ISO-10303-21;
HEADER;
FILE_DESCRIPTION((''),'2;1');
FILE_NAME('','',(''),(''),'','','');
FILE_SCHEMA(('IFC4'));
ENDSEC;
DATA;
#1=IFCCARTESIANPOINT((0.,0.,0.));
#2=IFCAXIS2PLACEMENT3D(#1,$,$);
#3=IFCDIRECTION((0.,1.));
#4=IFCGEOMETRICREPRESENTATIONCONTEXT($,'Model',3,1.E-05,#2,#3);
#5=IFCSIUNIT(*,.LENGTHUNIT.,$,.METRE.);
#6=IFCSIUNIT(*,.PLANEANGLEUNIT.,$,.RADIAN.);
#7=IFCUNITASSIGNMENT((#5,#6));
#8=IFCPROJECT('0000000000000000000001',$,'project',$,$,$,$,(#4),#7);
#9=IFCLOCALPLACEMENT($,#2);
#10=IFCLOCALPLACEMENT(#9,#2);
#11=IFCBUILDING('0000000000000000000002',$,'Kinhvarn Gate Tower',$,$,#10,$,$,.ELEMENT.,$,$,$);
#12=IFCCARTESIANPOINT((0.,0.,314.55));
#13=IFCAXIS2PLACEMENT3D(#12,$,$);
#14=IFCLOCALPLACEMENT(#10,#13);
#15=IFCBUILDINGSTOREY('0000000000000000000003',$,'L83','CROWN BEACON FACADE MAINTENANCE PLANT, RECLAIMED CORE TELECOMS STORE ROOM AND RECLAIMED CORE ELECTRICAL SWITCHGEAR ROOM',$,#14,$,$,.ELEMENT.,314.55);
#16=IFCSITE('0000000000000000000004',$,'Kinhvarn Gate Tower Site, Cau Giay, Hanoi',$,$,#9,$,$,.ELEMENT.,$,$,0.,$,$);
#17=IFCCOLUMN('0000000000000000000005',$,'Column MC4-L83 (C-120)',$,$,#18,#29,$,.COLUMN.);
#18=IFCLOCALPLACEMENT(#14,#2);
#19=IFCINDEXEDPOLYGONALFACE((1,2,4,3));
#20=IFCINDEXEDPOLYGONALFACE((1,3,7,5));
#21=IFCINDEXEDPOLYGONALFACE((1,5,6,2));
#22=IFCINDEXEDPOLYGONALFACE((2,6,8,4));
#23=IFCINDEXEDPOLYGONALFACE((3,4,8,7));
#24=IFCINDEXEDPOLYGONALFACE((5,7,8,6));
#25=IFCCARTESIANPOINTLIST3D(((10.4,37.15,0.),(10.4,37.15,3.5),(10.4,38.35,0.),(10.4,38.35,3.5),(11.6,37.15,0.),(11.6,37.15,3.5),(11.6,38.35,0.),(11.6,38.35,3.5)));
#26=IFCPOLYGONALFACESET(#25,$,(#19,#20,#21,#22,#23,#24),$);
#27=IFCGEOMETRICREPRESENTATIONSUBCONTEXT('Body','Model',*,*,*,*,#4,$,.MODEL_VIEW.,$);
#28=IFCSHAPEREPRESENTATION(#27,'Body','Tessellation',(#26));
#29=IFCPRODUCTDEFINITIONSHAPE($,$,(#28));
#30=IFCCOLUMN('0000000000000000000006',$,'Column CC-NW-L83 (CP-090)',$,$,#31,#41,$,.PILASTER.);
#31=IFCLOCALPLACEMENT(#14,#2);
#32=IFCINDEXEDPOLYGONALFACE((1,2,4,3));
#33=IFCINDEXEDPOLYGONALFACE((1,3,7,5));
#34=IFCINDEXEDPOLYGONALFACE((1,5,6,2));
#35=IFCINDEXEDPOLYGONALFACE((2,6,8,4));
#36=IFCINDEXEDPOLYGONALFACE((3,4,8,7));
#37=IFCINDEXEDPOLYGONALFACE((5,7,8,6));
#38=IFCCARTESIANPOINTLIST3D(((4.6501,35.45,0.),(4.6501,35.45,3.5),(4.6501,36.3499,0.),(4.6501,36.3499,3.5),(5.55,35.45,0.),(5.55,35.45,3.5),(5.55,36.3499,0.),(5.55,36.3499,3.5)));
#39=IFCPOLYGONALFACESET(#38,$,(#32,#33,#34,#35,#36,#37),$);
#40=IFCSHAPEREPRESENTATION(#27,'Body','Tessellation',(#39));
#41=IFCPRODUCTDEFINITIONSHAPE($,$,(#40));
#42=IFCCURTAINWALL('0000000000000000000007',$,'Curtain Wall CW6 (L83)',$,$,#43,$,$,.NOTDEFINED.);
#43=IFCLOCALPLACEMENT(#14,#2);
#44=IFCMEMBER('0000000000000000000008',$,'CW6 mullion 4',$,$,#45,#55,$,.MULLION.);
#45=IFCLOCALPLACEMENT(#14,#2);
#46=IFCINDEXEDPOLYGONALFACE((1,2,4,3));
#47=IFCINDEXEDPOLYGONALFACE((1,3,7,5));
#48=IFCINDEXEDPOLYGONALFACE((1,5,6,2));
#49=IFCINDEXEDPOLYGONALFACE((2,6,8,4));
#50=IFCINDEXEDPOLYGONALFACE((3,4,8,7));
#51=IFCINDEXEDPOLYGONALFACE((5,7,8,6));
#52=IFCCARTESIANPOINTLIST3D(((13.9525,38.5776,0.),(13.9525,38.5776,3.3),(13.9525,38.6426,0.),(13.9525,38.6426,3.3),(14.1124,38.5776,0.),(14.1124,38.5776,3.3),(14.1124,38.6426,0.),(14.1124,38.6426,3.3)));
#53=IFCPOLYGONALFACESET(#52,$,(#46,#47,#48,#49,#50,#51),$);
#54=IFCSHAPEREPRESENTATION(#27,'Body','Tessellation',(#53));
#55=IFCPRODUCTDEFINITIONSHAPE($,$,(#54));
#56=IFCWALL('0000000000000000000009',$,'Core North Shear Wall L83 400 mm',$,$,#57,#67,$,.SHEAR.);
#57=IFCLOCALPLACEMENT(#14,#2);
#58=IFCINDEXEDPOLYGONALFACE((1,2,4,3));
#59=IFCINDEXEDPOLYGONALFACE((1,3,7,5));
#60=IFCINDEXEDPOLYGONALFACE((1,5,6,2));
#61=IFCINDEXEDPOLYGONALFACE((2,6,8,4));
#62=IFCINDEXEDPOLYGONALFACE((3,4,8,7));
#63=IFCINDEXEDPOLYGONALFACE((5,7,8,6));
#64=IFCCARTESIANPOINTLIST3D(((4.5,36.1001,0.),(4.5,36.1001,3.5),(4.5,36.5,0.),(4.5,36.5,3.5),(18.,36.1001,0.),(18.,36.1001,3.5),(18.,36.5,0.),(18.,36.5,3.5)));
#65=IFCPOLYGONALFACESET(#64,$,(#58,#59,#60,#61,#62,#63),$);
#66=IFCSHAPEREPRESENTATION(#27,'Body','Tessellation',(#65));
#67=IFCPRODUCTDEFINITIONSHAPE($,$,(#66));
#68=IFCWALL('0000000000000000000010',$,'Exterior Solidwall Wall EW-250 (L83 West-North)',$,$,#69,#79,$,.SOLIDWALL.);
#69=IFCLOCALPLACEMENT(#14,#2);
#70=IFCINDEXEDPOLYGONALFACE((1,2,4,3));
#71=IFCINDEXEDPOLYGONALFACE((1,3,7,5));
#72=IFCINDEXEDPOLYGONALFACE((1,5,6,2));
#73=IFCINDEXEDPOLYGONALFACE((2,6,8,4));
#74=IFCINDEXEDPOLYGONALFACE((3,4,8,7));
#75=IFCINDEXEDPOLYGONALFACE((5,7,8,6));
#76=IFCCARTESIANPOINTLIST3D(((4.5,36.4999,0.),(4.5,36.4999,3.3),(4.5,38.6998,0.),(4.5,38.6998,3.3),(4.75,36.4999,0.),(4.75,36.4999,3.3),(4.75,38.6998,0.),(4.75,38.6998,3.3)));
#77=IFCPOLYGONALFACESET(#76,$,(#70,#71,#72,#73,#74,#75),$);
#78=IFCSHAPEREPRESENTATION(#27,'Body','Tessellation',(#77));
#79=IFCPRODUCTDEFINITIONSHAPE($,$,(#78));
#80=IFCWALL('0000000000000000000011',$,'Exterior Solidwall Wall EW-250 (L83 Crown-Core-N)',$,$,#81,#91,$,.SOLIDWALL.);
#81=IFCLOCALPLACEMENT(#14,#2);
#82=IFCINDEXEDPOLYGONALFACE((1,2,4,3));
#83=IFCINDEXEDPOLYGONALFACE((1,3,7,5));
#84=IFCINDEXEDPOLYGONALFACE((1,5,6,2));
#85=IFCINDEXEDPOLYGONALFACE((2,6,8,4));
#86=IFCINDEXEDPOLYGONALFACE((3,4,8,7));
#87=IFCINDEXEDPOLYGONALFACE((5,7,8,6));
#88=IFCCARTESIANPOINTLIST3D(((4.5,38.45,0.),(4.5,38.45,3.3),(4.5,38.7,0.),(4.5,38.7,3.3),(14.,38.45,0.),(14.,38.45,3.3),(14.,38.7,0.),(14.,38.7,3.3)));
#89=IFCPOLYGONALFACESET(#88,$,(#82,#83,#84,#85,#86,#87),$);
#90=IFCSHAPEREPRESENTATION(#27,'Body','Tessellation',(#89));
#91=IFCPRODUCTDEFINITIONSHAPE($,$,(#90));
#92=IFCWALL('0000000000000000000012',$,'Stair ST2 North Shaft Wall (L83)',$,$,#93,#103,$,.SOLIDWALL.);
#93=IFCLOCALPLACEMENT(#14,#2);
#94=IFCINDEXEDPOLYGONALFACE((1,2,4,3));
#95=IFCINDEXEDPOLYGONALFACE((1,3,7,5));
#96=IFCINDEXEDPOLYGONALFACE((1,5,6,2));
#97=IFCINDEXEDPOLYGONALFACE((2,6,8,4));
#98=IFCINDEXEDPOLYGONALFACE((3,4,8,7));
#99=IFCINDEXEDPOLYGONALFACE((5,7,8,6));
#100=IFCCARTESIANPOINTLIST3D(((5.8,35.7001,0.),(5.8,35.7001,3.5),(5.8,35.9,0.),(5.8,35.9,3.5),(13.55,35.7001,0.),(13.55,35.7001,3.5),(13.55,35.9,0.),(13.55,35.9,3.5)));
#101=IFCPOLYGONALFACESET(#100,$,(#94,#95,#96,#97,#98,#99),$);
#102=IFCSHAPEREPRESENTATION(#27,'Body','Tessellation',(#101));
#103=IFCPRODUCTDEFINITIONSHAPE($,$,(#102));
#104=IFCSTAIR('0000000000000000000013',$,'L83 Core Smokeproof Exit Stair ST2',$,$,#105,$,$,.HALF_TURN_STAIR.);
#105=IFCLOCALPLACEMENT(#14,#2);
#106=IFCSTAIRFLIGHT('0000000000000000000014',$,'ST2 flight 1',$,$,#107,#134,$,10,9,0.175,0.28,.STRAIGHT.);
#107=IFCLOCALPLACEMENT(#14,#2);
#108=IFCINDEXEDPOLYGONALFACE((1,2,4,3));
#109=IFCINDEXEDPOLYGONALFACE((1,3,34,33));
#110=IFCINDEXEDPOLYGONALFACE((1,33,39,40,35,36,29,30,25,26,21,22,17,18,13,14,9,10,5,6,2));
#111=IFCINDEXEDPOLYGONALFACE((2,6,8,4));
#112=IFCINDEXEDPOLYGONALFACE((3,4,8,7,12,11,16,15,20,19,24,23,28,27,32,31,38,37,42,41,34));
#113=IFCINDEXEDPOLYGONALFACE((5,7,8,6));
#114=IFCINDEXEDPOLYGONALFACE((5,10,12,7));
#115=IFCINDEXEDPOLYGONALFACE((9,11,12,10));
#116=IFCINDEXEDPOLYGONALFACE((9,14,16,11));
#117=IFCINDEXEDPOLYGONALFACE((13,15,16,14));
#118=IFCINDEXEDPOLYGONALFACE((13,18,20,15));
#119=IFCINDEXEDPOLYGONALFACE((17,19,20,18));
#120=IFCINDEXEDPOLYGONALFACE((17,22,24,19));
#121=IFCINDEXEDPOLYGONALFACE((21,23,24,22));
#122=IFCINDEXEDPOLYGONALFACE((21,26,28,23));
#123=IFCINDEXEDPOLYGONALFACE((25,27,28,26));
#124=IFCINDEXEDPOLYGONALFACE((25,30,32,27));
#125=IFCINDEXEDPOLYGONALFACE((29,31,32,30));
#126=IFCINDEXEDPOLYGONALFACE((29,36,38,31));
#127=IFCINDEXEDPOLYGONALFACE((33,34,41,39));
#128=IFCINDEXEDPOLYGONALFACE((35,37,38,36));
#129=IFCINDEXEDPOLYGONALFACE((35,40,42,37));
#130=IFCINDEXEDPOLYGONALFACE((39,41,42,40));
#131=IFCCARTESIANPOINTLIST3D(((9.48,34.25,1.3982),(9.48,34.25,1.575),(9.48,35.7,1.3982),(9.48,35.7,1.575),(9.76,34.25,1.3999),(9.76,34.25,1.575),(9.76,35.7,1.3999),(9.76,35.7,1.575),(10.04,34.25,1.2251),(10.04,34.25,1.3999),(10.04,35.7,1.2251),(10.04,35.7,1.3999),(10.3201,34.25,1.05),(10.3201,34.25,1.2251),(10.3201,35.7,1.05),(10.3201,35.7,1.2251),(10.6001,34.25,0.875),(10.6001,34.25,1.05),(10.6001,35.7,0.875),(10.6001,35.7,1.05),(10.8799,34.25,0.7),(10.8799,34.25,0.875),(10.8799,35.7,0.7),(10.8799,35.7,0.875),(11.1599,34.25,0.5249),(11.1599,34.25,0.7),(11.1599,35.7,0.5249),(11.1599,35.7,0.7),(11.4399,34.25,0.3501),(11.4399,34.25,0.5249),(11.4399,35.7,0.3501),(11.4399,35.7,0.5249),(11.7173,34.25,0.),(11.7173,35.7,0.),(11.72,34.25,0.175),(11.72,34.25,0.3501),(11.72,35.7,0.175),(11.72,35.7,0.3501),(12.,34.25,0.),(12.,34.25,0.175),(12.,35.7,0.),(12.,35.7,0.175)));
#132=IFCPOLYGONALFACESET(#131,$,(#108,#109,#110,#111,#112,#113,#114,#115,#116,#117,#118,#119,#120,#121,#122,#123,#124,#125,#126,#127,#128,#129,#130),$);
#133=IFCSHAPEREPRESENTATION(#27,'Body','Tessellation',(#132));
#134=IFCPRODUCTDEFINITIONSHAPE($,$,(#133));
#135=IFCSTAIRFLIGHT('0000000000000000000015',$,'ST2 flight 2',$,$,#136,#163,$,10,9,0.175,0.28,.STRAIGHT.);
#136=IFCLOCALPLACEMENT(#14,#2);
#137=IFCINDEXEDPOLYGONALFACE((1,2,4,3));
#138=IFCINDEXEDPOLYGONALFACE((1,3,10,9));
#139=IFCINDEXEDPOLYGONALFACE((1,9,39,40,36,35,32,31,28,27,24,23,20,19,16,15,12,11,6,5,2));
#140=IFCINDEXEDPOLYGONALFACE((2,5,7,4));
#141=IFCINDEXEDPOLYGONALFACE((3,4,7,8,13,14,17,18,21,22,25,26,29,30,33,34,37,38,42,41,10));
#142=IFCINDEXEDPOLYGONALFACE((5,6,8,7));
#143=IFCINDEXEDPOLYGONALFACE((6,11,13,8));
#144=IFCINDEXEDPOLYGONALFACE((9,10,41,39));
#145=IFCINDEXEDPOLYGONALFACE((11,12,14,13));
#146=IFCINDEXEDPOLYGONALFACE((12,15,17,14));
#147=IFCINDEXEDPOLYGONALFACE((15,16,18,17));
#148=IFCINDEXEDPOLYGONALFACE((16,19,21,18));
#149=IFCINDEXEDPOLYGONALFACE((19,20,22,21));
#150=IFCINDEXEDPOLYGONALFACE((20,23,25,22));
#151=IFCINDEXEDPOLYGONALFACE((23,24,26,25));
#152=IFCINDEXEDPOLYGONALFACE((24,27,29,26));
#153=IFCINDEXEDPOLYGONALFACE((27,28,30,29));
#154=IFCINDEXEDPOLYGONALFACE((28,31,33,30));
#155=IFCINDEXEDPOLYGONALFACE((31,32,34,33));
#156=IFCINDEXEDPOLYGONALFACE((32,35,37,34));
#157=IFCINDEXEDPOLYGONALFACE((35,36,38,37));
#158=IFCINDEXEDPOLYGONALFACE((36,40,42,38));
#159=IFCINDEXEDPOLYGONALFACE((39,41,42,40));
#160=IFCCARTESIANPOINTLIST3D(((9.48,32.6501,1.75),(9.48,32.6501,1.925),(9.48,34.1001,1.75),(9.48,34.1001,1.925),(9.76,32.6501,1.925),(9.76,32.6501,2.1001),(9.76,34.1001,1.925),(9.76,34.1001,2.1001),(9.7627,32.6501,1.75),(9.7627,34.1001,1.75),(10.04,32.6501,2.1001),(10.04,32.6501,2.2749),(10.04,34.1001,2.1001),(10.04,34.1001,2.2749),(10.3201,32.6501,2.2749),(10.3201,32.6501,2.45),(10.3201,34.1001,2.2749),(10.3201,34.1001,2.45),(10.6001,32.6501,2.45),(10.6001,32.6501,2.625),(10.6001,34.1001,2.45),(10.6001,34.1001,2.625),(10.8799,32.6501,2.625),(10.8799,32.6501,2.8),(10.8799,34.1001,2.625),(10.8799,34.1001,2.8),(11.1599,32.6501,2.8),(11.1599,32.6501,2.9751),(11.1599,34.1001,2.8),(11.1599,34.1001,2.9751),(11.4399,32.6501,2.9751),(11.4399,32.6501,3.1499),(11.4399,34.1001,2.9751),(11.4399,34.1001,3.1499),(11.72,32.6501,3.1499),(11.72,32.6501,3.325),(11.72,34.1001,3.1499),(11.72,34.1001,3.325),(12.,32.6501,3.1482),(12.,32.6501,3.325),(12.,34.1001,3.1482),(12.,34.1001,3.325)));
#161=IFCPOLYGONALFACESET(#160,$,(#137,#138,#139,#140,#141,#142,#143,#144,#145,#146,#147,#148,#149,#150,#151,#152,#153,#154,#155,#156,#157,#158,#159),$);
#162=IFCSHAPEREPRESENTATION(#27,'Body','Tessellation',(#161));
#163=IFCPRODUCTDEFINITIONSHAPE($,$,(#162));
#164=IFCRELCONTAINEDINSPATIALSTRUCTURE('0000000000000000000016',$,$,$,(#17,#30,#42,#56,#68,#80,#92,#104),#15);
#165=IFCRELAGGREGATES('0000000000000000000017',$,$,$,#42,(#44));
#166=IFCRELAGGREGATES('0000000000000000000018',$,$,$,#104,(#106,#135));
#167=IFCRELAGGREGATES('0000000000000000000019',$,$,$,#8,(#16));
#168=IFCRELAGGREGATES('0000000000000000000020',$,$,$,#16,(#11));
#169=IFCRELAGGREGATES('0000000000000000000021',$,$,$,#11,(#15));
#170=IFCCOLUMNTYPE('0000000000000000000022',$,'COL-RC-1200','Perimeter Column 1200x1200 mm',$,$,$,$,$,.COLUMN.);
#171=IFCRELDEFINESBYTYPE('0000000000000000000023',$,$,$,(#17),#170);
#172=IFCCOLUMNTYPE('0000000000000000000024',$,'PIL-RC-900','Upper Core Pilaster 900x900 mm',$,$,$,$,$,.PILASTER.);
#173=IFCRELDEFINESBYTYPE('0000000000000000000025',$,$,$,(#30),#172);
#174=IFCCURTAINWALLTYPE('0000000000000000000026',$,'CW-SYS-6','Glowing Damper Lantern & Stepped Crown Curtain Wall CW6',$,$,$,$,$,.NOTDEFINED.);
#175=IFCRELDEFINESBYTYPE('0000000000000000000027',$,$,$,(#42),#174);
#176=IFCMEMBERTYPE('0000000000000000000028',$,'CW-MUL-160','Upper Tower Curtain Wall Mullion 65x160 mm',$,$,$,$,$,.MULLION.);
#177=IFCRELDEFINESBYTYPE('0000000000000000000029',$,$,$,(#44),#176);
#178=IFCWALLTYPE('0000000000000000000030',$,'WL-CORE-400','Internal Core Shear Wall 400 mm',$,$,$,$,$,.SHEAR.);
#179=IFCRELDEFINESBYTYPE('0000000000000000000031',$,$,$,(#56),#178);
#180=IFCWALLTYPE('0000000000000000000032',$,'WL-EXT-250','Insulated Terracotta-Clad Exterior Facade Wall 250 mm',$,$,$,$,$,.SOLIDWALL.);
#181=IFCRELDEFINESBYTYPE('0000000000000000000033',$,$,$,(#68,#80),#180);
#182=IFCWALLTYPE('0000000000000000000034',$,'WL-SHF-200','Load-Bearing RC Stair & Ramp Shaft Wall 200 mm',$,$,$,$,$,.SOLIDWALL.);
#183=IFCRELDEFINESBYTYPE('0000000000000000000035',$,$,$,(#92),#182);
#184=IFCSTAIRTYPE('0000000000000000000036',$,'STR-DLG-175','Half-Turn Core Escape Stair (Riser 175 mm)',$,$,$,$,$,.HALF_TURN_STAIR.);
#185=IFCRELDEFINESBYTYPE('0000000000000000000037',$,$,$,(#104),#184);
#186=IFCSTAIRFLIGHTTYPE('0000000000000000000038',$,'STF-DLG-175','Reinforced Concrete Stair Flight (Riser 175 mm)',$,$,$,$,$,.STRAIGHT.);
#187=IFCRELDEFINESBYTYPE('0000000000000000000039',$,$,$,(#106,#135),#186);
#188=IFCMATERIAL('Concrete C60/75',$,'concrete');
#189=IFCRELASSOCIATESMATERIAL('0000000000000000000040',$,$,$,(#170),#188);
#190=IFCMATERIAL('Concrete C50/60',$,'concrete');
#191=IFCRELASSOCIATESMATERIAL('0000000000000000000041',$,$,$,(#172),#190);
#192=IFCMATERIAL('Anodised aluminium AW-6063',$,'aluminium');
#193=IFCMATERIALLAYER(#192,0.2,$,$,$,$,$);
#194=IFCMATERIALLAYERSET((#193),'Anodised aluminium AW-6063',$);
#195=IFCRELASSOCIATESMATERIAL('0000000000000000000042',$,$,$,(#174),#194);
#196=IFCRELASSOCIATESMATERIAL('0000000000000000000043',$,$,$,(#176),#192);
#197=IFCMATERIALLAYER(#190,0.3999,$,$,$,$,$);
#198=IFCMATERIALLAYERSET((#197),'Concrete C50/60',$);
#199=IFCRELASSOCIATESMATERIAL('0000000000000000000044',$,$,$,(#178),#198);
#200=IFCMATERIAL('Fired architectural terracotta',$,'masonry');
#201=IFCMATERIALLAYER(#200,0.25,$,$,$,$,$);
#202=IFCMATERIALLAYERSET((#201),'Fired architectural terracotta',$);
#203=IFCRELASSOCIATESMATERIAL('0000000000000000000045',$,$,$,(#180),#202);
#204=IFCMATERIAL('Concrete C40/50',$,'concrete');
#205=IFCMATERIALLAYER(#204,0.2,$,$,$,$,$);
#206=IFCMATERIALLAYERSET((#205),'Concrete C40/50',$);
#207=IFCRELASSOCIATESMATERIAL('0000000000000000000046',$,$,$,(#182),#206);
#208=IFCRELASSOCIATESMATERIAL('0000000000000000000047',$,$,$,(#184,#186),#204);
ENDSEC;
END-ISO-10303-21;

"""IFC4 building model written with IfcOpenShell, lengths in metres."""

from ifc_helpers import new_model, si_unit, direction, frame, frame_2d, origin, origin_2d, place, context, subcontext, project, spatial, polyline, rectangle, outline, extrude, material, layer, layer_set, material_profile, profile_set, type_object, element, aggregate, save


model = new_model("IFC4")

# Units and contexts
model_context = context("Model", 3, precision=1e-05, world=origin(), true_north=direction((0.0, 1.0)))
body_context = subcontext(model_context, "Body", "Model", "MODEL_VIEW")
ifc_project = project(units=[si_unit("LENGTHUNIT", "METRE"), si_unit("PLANEANGLEUNIT", "RADIAN")], contexts=[model_context])

# Site, building, storey
site_placement = place(None, origin())
site = spatial("IfcSite", under=ifc_project, at=site_placement, Name="Kinhvarn Gate Tower Site, Cau Giay, Hanoi", CompositionType="ELEMENT", RefElevation=0.0)
building_placement = place(site_placement, origin())
building = spatial("IfcBuilding", under=site, at=building_placement, Name="Kinhvarn Gate Tower", CompositionType="ELEMENT")
storey_placement = place(building_placement, frame((0.0, 0.0, 314.55)))
storey = spatial("IfcBuildingStorey", under=building, at=storey_placement, Name="L83", Description="CROWN BEACON FACADE MAINTENANCE PLANT, RECLAIMED CORE TELECOMS STORE ROOM AND RECLAIMED CORE ELECTRICAL SWITCHGEAR ROOM", CompositionType="ELEMENT", Elevation=314.55)

# Columns
ifc_material_1 = material(Name="Concrete C60/75", Category="concrete")
ifc_material_profile_1 = material_profile(ifc_material_1, rectangle(XDim=1.2, YDim=1.2, at=origin_2d()), Name="RC 1200x1200")
ifc_profile_set_1 = profile_set([ifc_material_profile_1], Name="Concrete C60/75")
column_type_1 = type_object("IfcColumnType", Name="COL-RC-1200", Description="Perimeter Column 1200x1200 mm", PredefinedType="COLUMN", material=ifc_profile_set_1)
column_1_placement = place(storey_placement, frame((11.0, 37.75, 0.0), z_axis=(0.0, 0.0, 1.0), x_axis=(1.0, 0.0, 0.0)))
element("IfcColumn", 1, at=column_1_placement, inside=storey, type_object=column_type_1, Name="Column MC4-L83 (C-120)", PredefinedType="COLUMN", context=body_context, shape_type="SweptSolid", body=[
    extrude(rectangle(XDim=1.2, YDim=1.2, at=origin_2d()), origin(), (0.0, 0.0, 1.0), 3.5),
])
ifc_material_2 = material(Name="Concrete C50/60", Category="concrete")
ifc_material_profile_2 = material_profile(ifc_material_2, rectangle(XDim=0.8999, YDim=0.8999, at=origin_2d()), Name="RC 900x900")
ifc_profile_set_2 = profile_set([ifc_material_profile_2], Name="Concrete C50/60")
column_type_2 = type_object("IfcColumnType", Name="PIL-RC-900", Description="Upper Core Pilaster 900x900 mm", PredefinedType="PILASTER", material=ifc_profile_set_2)
column_2_placement = place(storey_placement, frame((5.1001, 35.8999, 0.0), z_axis=(0.0, 0.0, 1.0), x_axis=(1.0, 0.0, 0.0)))
element("IfcColumn", 2, at=column_2_placement, inside=storey, type_object=column_type_2, Name="Column CC-NW-L83 (CP-090)", PredefinedType="PILASTER", context=body_context, shape_type="SweptSolid", body=[
    extrude(rectangle(XDim=0.8999, YDim=0.8999, at=origin_2d()), origin(), (0.0, 0.0, 1.0), 3.5),
])

# Curtain wall, member
ifc_material_3 = material(Name="Anodised aluminium AW-6063", Category="aluminium")
ifc_layer_1 = layer(ifc_material_3, 0.2)
ifc_layer_set_1 = layer_set([ifc_layer_1], Name="Anodised aluminium AW-6063")
curtain_wall_type = type_object("IfcCurtainWallType", Name="CW-SYS-6", Description="Glowing Damper Lantern & Stepped Crown Curtain Wall CW6", PredefinedType="NOTDEFINED", material=ifc_layer_set_1)
curtain_wall_placement = place(storey_placement, origin())
curtain_wall = element("IfcCurtainWall", 3, at=curtain_wall_placement, inside=storey, type_object=curtain_wall_type, Name="Curtain Wall CW6 (L83)", PredefinedType="NOTDEFINED")
ifc_material_profile_3 = material_profile(ifc_material_3, rectangle(XDim=0.0649, YDim=0.1599, at=origin_2d()), Name="ALU 65x160")
ifc_profile_set_3 = profile_set([ifc_material_profile_3], Name="Anodised aluminium AW-6063")
member_type = type_object("IfcMemberType", Name="CW-MUL-160", Description="Upper Tower Curtain Wall Mullion 65x160 mm", PredefinedType="MULLION", material=ifc_profile_set_3)
member_placement = place(storey_placement, frame((14.0325, 38.6101, 0.0), z_axis=(0.0, 0.0, 1.0), x_axis=(0.0, -1.0, 0.0)))
member = element("IfcMember", 4, at=member_placement, type_object=member_type, Name="CW6 mullion 4", PredefinedType="MULLION", context=body_context, shape_type="SweptSolid", body=[
    extrude(rectangle(XDim=0.0649, YDim=0.1599, at=origin_2d()), origin(), (0.0, 0.0, 1.0), 3.3),
])
aggregate(curtain_wall, [member])

# Walls
ifc_layer_2 = layer(ifc_material_2, 0.3999)
ifc_layer_set_2 = layer_set([ifc_layer_2], Name="Concrete C50/60")
wall_type_1 = type_object("IfcWallType", Name="WL-CORE-400", Description="Internal Core Shear Wall 400 mm", PredefinedType="SHEAR", material=ifc_layer_set_2)
wall_1_placement = place(storey_placement, frame((4.5, 36.3, 0.0), z_axis=(0.0, 0.0, 1.0), x_axis=(1.0, 0.0, 0.0)))
element("IfcWall", 5, at=wall_1_placement, inside=storey, type_object=wall_type_1, Name="Core North Shear Wall L83 400 mm", PredefinedType="SHEAR", context=body_context, shape_type="SweptSolid", body=[
    extrude(rectangle(XDim=13.5, YDim=0.3999, at=frame_2d((6.75, 0.0))), origin(), (0.0, 0.0, 1.0), 3.5),
])
ifc_material_4 = material(Name="Fired architectural terracotta", Category="masonry")
ifc_layer_3 = layer(ifc_material_4, 0.25)
ifc_layer_set_3 = layer_set([ifc_layer_3], Name="Fired architectural terracotta")
wall_type_2 = type_object("IfcWallType", Name="WL-EXT-250", Description="Insulated Terracotta-Clad Exterior Facade Wall 250 mm", PredefinedType="SOLIDWALL", material=ifc_layer_set_3)
wall_2_placement = place(storey_placement, frame((4.625, 38.7, 0.0), z_axis=(0.0, 0.0, 1.0), x_axis=(0.0, -1.0, 0.0)))
element("IfcWall", 6, at=wall_2_placement, inside=storey, type_object=wall_type_2, Name="Exterior Solidwall Wall EW-250 (L83 West-North)", PredefinedType="SOLIDWALL", context=body_context, shape_type="SweptSolid", body=[
    extrude(rectangle(XDim=2.2, YDim=0.25, at=frame_2d((1.1001, 0.0))), origin(), (0.0, 0.0, 1.0), 3.3),
])
wall_3_placement = place(storey_placement, frame((14.0, 38.575, 0.0), z_axis=(0.0, 0.0, 1.0), x_axis=(-1.0, 0.0, 0.0)))
element("IfcWall", 7, at=wall_3_placement, inside=storey, type_object=wall_type_2, Name="Exterior Solidwall Wall EW-250 (L83 Crown-Core-N)", PredefinedType="SOLIDWALL", context=body_context, shape_type="SweptSolid", body=[
    extrude(rectangle(XDim=9.5, YDim=0.25, at=frame_2d((4.75, 0.0))), origin(), (0.0, 0.0, 1.0), 3.3),
])
ifc_material_5 = material(Name="Concrete C40/50", Category="concrete")
ifc_layer_4 = layer(ifc_material_5, 0.2)
ifc_layer_set_4 = layer_set([ifc_layer_4], Name="Concrete C40/50")
wall_type_3 = type_object("IfcWallType", Name="WL-SHF-200", Description="Load-Bearing RC Stair & Ramp Shaft Wall 200 mm", PredefinedType="SOLIDWALL", material=ifc_layer_set_4)
wall_4_placement = place(storey_placement, frame((5.8, 35.8, 0.0), z_axis=(0.0, 0.0, 1.0), x_axis=(1.0, 0.0, 0.0)))
element("IfcWall", 8, at=wall_4_placement, inside=storey, type_object=wall_type_3, Name="Stair ST2 North Shaft Wall (L83)", PredefinedType="SOLIDWALL", context=body_context, shape_type="SweptSolid", body=[
    extrude(rectangle(XDim=7.75, YDim=0.2, at=frame_2d((3.875, 0.0))), origin(), (0.0, 0.0, 1.0), 3.5),
])

# Stair, stair flights
stair_type = type_object("IfcStairType", Name="STR-DLG-175", Description="Half-Turn Core Escape Stair (Riser 175 mm)", PredefinedType="HALF_TURN_STAIR", material=ifc_material_5)
stair_placement = place(storey_placement, origin())
stair = element("IfcStair", 9, at=stair_placement, inside=storey, type_object=stair_type, Name="L83 Core Smokeproof Exit Stair ST2", PredefinedType="HALF_TURN_STAIR")
stair_flight_type = type_object("IfcStairFlightType", Name="STF-DLG-175", Description="Reinforced Concrete Stair Flight (Riser 175 mm)", PredefinedType="STRAIGHT", material=ifc_material_5)
stair_flight_1_placement = place(storey_placement, frame((12.0, 34.9751, 0.0), z_axis=(0.0, 0.0, 1.0), x_axis=(-1.0, 0.0, 0.0)))
stair_flight_1 = element("IfcStairFlight", 10, at=stair_flight_1_placement, type_object=stair_flight_type, Name="ST2 flight 1", NumberOfRisers=10, NumberOfTreads=9, PredefinedType="STRAIGHT", RiserHeight=0.175, TreadLength=0.28, context=body_context, shape_type="SweptSolid", body=[
    extrude(outline(polyline([(0.0, 0.0), (0.0, 0.175), (0.28, 0.175), (0.28, 0.3501), (0.5601, 0.3501), (0.5601, 0.5249), (0.8401, 0.5249), (0.8401, 0.7), (1.1201, 0.7), (1.1201, 0.875), (1.3999, 0.875), (1.3999, 1.05), (1.6799, 1.05), (1.6799, 1.2251), (1.96, 1.2251), (1.96, 1.3999), (2.24, 1.3999), (2.24, 1.575), (2.52, 1.575), (2.52, 1.75), (2.52, 1.3982), (0.2827, 0.0), (0.0, 0.0)])), frame((0.0, 0.7251, 0.0), z_axis=(0.0, -1.0, 0.0), x_axis=(1.0, 0.0, 0.0)), (0.0, 0.0, 1.0), 1.45),
])
stair_flight_2_placement = place(storey_placement, frame((9.48, 33.375, 1.75), z_axis=(0.0, 0.0, 1.0), x_axis=(1.0, 0.0, 0.0)))
stair_flight_2 = element("IfcStairFlight", 11, at=stair_flight_2_placement, type_object=stair_flight_type, Name="ST2 flight 2", NumberOfRisers=10, NumberOfTreads=9, PredefinedType="STRAIGHT", RiserHeight=0.175, TreadLength=0.28, context=body_context, shape_type="SweptSolid", body=[
    extrude(outline(polyline([(0.0, 0.0), (0.0, 0.175), (0.28, 0.175), (0.28, 0.3501), (0.5601, 0.3501), (0.5601, 0.5249), (0.8401, 0.5249), (0.8401, 0.7), (1.1201, 0.7), (1.1201, 0.875), (1.3999, 0.875), (1.3999, 1.05), (1.6799, 1.05), (1.6799, 1.2251), (1.96, 1.2251), (1.96, 1.3999), (2.24, 1.3999), (2.24, 1.575), (2.52, 1.575), (2.52, 1.75), (2.52, 1.3982), (0.2827, 0.0), (0.0, 0.0)])), frame((0.0, 0.7251, 0.0), z_axis=(0.0, -1.0, 0.0), x_axis=(1.0, 0.0, 0.0)), (0.0, 0.0, 1.0), 1.45),
])
aggregate(stair, [stair_flight_1, stair_flight_2])

save(model, "model.ifc")
